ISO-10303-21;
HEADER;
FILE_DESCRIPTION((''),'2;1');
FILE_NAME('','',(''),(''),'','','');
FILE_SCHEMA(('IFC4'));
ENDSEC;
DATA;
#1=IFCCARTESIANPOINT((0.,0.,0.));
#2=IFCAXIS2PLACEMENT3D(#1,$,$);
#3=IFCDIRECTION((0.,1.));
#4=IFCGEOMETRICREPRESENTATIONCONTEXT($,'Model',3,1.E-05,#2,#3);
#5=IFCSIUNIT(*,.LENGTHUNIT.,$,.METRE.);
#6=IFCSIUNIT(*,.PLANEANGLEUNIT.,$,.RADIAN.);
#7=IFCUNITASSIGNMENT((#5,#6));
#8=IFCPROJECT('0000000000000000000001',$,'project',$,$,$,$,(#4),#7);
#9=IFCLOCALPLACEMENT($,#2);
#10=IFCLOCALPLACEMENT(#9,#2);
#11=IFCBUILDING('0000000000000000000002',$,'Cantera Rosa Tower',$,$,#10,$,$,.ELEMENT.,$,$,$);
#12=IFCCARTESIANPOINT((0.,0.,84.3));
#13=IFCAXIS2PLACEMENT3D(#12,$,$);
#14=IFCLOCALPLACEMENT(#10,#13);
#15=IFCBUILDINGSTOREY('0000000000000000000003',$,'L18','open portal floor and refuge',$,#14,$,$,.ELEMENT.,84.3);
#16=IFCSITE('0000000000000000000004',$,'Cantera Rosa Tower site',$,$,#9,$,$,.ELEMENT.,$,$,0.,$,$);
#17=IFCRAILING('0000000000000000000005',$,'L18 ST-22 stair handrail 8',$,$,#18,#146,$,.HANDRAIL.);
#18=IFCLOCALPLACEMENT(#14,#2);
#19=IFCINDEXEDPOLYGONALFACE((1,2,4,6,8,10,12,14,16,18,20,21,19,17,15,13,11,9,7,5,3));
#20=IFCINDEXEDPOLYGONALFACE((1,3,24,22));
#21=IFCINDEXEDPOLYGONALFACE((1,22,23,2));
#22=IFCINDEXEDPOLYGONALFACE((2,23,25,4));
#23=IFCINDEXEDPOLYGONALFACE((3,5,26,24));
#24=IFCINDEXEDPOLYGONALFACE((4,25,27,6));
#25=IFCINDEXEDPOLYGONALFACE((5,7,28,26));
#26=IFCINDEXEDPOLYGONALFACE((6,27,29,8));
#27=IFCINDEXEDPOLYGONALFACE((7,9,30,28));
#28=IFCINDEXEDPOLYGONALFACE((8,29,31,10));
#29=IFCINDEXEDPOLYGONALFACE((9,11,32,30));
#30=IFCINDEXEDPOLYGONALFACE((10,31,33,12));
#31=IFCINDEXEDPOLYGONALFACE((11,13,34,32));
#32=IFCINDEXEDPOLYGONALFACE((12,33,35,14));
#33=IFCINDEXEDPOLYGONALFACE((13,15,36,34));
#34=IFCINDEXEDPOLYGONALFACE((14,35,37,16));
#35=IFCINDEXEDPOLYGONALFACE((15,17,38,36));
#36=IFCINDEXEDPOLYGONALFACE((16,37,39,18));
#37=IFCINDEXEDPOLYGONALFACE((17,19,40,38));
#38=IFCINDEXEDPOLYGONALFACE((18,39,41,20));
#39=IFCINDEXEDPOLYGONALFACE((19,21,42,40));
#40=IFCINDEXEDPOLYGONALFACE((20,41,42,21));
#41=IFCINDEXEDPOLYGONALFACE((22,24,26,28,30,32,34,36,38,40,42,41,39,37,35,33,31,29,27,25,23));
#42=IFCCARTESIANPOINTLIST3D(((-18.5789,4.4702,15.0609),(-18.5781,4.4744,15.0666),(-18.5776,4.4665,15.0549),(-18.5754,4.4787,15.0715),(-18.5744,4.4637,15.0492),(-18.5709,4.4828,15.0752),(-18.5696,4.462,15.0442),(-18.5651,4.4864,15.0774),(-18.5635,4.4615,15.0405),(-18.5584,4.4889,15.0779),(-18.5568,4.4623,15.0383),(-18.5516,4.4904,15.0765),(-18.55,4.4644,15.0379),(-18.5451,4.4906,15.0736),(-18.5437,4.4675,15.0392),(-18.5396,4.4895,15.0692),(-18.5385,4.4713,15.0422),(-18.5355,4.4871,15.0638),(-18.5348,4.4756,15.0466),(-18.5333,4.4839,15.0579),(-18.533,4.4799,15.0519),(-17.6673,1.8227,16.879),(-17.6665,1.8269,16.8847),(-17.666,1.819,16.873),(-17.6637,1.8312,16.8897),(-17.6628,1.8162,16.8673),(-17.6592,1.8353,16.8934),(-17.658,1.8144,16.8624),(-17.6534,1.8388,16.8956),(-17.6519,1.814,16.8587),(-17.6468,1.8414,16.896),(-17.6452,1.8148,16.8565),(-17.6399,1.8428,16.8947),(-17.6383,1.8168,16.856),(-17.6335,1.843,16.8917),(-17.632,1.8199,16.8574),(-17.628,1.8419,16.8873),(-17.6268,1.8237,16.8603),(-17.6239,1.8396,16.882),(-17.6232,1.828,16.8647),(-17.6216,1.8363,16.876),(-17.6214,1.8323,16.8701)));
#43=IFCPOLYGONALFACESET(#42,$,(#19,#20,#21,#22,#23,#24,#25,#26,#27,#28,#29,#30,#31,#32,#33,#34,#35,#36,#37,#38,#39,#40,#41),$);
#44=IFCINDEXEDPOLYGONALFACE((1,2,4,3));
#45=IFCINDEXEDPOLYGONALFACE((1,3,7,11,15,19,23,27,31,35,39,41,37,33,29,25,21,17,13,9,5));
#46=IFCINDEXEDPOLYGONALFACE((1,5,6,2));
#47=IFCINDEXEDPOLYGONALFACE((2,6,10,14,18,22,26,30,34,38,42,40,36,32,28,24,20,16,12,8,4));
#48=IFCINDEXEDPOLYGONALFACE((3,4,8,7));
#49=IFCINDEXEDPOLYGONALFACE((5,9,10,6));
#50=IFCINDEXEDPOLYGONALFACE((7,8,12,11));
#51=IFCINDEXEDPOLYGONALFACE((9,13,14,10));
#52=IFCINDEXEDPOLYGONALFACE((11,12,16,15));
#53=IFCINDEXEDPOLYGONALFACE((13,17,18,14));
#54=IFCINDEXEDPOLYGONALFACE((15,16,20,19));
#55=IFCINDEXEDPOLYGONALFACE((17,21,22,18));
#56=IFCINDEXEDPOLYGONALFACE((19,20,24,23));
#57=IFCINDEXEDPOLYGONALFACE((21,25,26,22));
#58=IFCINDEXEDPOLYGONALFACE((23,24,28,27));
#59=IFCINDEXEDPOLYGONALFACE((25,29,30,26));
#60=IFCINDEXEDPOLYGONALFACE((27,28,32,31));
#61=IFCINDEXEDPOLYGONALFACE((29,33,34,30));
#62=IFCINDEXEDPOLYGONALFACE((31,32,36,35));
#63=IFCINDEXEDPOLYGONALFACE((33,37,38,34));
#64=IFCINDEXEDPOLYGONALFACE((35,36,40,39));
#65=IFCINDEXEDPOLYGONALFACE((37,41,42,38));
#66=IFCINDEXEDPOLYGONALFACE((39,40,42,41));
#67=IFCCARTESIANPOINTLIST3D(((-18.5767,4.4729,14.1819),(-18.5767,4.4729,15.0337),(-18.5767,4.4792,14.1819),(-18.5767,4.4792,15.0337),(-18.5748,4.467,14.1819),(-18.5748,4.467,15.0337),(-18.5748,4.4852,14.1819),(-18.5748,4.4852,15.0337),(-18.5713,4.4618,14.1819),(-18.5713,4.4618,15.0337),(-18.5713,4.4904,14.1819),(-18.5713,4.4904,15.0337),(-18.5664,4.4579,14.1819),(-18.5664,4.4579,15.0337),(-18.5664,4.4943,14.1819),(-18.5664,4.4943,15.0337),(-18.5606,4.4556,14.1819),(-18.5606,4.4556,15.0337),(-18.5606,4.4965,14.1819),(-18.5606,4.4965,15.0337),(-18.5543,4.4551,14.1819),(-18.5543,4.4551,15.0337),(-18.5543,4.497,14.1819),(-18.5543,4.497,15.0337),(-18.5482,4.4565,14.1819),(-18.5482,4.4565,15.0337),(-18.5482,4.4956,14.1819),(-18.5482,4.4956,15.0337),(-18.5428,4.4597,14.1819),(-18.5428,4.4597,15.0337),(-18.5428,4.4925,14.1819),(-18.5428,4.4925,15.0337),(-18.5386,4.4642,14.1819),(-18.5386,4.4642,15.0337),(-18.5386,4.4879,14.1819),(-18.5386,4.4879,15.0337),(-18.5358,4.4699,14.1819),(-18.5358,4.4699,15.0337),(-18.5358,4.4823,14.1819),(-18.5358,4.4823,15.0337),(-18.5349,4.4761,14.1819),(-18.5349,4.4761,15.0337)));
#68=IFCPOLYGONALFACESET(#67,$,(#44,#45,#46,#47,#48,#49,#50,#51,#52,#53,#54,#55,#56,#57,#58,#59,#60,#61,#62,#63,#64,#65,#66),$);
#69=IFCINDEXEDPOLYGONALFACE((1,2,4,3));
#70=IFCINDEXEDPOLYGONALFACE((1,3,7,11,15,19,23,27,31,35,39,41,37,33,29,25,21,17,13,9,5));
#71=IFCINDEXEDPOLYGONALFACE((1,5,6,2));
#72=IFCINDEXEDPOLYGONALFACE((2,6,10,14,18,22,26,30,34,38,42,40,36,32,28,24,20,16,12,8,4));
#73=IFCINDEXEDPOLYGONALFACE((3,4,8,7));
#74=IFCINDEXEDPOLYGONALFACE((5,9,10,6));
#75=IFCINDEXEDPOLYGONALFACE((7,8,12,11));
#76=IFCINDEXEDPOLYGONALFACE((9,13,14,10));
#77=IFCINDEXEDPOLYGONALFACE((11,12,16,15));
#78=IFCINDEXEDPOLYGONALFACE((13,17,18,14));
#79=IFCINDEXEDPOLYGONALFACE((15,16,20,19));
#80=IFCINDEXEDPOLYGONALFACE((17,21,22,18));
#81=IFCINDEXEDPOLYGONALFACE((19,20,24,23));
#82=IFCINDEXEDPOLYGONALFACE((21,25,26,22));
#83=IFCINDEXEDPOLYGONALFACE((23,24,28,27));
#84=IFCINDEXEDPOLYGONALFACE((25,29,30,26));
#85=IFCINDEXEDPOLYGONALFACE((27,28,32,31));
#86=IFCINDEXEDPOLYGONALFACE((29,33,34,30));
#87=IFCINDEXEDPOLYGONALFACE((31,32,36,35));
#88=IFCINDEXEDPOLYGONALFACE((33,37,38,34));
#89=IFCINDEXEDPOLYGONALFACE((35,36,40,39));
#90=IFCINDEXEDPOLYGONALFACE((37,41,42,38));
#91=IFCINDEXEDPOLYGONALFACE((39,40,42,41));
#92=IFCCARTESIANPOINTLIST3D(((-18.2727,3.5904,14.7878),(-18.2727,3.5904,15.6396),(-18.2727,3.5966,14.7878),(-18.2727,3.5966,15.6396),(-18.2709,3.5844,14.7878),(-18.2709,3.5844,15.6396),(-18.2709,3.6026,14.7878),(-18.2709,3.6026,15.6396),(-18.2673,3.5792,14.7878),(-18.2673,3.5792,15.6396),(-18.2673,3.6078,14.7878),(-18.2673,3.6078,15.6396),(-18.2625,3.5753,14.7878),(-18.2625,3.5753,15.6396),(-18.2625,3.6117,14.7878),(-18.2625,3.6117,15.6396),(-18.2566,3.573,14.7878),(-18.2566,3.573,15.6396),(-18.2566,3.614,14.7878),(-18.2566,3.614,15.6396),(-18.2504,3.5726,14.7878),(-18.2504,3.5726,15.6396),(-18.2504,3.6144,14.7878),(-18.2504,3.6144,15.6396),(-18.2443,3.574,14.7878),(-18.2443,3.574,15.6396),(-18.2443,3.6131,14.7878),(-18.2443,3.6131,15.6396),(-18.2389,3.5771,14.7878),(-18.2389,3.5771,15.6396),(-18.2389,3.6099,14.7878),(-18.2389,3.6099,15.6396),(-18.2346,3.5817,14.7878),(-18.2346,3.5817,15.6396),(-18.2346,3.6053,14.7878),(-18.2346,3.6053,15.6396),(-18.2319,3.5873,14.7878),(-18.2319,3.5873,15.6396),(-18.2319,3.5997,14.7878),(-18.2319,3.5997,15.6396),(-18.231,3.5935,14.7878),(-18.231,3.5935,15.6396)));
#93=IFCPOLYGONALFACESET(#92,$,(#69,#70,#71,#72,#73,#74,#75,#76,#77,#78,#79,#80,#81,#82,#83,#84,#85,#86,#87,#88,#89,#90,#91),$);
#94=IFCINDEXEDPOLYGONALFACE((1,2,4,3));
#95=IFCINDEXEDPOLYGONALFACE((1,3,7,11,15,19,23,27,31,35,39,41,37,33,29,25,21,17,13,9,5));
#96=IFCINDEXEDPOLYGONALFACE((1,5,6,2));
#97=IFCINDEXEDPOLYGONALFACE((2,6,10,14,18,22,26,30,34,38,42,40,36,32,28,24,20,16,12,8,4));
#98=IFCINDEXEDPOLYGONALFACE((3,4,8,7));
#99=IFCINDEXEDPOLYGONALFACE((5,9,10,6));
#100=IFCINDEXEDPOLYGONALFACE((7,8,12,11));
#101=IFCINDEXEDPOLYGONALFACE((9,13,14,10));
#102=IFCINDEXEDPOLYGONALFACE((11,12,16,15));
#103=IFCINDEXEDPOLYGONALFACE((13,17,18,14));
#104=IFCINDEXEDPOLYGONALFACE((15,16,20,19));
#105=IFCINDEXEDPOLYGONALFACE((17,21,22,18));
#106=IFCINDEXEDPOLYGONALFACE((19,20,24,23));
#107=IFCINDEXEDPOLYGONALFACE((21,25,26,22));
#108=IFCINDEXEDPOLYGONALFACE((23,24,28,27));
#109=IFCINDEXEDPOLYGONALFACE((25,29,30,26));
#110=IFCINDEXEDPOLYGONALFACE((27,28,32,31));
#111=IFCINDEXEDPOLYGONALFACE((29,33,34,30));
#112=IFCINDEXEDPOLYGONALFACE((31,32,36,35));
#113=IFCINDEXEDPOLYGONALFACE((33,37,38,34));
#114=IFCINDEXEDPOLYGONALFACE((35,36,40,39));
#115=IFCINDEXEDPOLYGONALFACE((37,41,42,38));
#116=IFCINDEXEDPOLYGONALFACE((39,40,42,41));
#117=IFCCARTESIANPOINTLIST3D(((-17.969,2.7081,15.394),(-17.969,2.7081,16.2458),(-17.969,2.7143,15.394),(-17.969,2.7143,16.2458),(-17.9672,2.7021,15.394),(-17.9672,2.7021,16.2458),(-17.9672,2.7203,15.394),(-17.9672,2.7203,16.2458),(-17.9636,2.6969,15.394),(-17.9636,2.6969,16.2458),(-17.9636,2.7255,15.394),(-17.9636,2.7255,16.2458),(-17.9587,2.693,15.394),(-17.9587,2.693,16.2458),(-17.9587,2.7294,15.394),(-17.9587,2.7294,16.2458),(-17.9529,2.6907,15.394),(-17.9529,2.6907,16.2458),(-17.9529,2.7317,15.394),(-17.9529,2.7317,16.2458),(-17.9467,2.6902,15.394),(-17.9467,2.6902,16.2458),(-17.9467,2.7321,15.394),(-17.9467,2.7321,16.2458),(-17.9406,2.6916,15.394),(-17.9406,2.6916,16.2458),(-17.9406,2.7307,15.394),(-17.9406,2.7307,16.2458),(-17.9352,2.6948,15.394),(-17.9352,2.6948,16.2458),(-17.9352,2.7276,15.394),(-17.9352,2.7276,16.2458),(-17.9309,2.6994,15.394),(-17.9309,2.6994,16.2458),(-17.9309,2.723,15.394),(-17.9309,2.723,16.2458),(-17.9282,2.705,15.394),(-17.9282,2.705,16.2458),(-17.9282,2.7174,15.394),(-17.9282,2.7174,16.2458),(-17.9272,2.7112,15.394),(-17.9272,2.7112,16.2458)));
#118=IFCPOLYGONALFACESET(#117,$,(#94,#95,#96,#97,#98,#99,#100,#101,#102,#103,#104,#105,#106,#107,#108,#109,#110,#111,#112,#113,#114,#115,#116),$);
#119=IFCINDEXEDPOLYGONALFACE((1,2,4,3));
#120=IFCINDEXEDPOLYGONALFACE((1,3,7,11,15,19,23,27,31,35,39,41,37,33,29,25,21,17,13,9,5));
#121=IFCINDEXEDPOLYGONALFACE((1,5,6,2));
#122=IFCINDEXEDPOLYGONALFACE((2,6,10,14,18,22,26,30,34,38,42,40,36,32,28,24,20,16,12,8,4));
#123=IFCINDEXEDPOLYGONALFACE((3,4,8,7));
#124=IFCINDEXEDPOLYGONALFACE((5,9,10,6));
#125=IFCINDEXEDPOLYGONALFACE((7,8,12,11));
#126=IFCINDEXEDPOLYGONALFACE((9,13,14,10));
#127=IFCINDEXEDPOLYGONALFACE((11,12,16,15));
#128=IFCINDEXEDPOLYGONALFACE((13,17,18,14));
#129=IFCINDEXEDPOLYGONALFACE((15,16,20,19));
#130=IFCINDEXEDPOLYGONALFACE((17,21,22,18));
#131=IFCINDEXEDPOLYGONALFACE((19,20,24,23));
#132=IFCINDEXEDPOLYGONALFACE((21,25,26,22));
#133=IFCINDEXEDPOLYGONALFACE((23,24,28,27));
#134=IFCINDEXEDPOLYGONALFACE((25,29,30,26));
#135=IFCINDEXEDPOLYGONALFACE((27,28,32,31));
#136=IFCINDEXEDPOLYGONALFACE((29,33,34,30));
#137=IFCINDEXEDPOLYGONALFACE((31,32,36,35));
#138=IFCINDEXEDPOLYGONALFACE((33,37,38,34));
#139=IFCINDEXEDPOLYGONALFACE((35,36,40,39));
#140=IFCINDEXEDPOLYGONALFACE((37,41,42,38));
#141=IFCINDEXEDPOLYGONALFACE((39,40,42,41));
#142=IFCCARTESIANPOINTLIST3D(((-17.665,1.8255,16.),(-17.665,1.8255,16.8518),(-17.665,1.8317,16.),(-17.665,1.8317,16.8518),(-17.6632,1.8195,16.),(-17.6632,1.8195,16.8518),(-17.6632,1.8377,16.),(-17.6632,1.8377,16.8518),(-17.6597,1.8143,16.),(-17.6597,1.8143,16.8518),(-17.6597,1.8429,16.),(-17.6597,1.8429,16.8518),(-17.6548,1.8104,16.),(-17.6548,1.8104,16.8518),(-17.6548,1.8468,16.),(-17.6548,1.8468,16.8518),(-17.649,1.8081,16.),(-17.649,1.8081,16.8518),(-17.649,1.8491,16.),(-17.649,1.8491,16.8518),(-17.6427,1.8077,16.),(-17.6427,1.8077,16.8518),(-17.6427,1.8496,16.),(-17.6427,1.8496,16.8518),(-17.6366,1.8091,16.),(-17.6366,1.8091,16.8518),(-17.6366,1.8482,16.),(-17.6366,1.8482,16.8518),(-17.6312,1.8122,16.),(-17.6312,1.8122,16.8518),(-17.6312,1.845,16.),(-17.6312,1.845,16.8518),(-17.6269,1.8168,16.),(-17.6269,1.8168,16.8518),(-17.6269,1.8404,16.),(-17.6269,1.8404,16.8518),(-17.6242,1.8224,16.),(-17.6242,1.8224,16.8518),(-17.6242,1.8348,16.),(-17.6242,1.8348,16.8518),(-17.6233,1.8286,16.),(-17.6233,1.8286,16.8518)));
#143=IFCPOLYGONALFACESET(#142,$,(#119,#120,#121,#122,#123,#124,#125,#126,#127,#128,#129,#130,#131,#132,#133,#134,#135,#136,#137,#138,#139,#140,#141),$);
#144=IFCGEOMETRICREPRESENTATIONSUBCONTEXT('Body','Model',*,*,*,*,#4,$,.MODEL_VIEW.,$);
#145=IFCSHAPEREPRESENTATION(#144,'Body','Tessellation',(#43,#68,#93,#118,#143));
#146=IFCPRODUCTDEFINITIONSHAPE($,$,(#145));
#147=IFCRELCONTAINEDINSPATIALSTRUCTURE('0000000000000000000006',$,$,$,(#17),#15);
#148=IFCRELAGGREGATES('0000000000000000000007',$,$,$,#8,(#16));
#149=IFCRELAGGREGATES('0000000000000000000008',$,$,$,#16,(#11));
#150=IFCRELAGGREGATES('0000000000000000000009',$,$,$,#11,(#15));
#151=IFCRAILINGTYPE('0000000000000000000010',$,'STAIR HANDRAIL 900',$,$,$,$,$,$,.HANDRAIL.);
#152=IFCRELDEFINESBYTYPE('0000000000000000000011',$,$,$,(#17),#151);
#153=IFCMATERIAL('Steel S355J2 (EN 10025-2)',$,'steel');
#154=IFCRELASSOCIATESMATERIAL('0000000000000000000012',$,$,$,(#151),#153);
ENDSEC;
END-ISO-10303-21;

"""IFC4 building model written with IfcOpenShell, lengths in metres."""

from ifc_helpers import new_model, si_unit, direction, frame, origin, origin_2d, place, context, subcontext, project, spatial, circle, extrude, material, type_object, element, save


model = new_model("IFC4")

# Units and contexts
model_context = context("Model", 3, precision=1e-05, world=origin(), true_north=direction((0.0, 1.0)))
body_context = subcontext(model_context, "Body", "Model", "MODEL_VIEW")
ifc_project = project(units=[si_unit("LENGTHUNIT", "METRE"), si_unit("PLANEANGLEUNIT", "RADIAN")], contexts=[model_context])

# Site, building, storey
site_placement = place(None, origin())
site = spatial("IfcSite", under=ifc_project, at=site_placement, Name="Cantera Rosa Tower site", CompositionType="ELEMENT", RefElevation=0.0)
building_placement = place(site_placement, origin())
building = spatial("IfcBuilding", under=site, at=building_placement, Name="Cantera Rosa Tower", CompositionType="ELEMENT")
storey_placement = place(building_placement, frame((0.0, 0.0, 84.3)))
storey = spatial("IfcBuildingStorey", under=building, at=storey_placement, Name="L18", Description="open portal floor and refuge", CompositionType="ELEMENT", Elevation=84.3)

# Railing
ifc_material_1 = material(Name="Steel S355J2 (EN 10025-2)", Category="steel")
railing_type_1 = type_object("IfcRailingType", Name="STAIR HANDRAIL 900", PredefinedType="HANDRAIL", material=ifc_material_1)
for number, where, name in (
    (1, (-18.5559, 4.4761, 14.1819), "L18 ST-22 stair handrail 8"),
):
    element("IfcRailing", number, at=place(storey_placement, frame(where)), inside=storey, type_object=railing_type_1, Name=name, PredefinedType="HANDRAIL", context=body_context, shape_type="SweptSolid", body=[
        extrude(circle(Radius=0.0239, at=origin_2d()), frame((0.0, 0.0, 0.876), z_axis=(0.273062, -0.793007, 0.544589), x_axis=(0.945516, 0.325577, 0.0)), (0.0, 0.0, 1.0), 3.3386),
        extrude(circle(Radius=0.021, at=origin_2d()), origin(), (0.0, 0.0, 1.0), 0.8518),
        extrude(circle(Radius=0.021, at=origin_2d()), frame((0.304, -0.8826, 0.606)), (0.0, 0.0, 1.0), 0.8518),
        extrude(circle(Radius=0.021, at=origin_2d()), frame((0.6077, -1.7649, 1.2122)), (0.0, 0.0, 1.0), 0.8518),
        extrude(circle(Radius=0.021, at=origin_2d()), frame((0.9116, -2.6475, 1.8181)), (0.0, 0.0, 1.0), 0.8518),
    ])

save(model, "model.ifc")
